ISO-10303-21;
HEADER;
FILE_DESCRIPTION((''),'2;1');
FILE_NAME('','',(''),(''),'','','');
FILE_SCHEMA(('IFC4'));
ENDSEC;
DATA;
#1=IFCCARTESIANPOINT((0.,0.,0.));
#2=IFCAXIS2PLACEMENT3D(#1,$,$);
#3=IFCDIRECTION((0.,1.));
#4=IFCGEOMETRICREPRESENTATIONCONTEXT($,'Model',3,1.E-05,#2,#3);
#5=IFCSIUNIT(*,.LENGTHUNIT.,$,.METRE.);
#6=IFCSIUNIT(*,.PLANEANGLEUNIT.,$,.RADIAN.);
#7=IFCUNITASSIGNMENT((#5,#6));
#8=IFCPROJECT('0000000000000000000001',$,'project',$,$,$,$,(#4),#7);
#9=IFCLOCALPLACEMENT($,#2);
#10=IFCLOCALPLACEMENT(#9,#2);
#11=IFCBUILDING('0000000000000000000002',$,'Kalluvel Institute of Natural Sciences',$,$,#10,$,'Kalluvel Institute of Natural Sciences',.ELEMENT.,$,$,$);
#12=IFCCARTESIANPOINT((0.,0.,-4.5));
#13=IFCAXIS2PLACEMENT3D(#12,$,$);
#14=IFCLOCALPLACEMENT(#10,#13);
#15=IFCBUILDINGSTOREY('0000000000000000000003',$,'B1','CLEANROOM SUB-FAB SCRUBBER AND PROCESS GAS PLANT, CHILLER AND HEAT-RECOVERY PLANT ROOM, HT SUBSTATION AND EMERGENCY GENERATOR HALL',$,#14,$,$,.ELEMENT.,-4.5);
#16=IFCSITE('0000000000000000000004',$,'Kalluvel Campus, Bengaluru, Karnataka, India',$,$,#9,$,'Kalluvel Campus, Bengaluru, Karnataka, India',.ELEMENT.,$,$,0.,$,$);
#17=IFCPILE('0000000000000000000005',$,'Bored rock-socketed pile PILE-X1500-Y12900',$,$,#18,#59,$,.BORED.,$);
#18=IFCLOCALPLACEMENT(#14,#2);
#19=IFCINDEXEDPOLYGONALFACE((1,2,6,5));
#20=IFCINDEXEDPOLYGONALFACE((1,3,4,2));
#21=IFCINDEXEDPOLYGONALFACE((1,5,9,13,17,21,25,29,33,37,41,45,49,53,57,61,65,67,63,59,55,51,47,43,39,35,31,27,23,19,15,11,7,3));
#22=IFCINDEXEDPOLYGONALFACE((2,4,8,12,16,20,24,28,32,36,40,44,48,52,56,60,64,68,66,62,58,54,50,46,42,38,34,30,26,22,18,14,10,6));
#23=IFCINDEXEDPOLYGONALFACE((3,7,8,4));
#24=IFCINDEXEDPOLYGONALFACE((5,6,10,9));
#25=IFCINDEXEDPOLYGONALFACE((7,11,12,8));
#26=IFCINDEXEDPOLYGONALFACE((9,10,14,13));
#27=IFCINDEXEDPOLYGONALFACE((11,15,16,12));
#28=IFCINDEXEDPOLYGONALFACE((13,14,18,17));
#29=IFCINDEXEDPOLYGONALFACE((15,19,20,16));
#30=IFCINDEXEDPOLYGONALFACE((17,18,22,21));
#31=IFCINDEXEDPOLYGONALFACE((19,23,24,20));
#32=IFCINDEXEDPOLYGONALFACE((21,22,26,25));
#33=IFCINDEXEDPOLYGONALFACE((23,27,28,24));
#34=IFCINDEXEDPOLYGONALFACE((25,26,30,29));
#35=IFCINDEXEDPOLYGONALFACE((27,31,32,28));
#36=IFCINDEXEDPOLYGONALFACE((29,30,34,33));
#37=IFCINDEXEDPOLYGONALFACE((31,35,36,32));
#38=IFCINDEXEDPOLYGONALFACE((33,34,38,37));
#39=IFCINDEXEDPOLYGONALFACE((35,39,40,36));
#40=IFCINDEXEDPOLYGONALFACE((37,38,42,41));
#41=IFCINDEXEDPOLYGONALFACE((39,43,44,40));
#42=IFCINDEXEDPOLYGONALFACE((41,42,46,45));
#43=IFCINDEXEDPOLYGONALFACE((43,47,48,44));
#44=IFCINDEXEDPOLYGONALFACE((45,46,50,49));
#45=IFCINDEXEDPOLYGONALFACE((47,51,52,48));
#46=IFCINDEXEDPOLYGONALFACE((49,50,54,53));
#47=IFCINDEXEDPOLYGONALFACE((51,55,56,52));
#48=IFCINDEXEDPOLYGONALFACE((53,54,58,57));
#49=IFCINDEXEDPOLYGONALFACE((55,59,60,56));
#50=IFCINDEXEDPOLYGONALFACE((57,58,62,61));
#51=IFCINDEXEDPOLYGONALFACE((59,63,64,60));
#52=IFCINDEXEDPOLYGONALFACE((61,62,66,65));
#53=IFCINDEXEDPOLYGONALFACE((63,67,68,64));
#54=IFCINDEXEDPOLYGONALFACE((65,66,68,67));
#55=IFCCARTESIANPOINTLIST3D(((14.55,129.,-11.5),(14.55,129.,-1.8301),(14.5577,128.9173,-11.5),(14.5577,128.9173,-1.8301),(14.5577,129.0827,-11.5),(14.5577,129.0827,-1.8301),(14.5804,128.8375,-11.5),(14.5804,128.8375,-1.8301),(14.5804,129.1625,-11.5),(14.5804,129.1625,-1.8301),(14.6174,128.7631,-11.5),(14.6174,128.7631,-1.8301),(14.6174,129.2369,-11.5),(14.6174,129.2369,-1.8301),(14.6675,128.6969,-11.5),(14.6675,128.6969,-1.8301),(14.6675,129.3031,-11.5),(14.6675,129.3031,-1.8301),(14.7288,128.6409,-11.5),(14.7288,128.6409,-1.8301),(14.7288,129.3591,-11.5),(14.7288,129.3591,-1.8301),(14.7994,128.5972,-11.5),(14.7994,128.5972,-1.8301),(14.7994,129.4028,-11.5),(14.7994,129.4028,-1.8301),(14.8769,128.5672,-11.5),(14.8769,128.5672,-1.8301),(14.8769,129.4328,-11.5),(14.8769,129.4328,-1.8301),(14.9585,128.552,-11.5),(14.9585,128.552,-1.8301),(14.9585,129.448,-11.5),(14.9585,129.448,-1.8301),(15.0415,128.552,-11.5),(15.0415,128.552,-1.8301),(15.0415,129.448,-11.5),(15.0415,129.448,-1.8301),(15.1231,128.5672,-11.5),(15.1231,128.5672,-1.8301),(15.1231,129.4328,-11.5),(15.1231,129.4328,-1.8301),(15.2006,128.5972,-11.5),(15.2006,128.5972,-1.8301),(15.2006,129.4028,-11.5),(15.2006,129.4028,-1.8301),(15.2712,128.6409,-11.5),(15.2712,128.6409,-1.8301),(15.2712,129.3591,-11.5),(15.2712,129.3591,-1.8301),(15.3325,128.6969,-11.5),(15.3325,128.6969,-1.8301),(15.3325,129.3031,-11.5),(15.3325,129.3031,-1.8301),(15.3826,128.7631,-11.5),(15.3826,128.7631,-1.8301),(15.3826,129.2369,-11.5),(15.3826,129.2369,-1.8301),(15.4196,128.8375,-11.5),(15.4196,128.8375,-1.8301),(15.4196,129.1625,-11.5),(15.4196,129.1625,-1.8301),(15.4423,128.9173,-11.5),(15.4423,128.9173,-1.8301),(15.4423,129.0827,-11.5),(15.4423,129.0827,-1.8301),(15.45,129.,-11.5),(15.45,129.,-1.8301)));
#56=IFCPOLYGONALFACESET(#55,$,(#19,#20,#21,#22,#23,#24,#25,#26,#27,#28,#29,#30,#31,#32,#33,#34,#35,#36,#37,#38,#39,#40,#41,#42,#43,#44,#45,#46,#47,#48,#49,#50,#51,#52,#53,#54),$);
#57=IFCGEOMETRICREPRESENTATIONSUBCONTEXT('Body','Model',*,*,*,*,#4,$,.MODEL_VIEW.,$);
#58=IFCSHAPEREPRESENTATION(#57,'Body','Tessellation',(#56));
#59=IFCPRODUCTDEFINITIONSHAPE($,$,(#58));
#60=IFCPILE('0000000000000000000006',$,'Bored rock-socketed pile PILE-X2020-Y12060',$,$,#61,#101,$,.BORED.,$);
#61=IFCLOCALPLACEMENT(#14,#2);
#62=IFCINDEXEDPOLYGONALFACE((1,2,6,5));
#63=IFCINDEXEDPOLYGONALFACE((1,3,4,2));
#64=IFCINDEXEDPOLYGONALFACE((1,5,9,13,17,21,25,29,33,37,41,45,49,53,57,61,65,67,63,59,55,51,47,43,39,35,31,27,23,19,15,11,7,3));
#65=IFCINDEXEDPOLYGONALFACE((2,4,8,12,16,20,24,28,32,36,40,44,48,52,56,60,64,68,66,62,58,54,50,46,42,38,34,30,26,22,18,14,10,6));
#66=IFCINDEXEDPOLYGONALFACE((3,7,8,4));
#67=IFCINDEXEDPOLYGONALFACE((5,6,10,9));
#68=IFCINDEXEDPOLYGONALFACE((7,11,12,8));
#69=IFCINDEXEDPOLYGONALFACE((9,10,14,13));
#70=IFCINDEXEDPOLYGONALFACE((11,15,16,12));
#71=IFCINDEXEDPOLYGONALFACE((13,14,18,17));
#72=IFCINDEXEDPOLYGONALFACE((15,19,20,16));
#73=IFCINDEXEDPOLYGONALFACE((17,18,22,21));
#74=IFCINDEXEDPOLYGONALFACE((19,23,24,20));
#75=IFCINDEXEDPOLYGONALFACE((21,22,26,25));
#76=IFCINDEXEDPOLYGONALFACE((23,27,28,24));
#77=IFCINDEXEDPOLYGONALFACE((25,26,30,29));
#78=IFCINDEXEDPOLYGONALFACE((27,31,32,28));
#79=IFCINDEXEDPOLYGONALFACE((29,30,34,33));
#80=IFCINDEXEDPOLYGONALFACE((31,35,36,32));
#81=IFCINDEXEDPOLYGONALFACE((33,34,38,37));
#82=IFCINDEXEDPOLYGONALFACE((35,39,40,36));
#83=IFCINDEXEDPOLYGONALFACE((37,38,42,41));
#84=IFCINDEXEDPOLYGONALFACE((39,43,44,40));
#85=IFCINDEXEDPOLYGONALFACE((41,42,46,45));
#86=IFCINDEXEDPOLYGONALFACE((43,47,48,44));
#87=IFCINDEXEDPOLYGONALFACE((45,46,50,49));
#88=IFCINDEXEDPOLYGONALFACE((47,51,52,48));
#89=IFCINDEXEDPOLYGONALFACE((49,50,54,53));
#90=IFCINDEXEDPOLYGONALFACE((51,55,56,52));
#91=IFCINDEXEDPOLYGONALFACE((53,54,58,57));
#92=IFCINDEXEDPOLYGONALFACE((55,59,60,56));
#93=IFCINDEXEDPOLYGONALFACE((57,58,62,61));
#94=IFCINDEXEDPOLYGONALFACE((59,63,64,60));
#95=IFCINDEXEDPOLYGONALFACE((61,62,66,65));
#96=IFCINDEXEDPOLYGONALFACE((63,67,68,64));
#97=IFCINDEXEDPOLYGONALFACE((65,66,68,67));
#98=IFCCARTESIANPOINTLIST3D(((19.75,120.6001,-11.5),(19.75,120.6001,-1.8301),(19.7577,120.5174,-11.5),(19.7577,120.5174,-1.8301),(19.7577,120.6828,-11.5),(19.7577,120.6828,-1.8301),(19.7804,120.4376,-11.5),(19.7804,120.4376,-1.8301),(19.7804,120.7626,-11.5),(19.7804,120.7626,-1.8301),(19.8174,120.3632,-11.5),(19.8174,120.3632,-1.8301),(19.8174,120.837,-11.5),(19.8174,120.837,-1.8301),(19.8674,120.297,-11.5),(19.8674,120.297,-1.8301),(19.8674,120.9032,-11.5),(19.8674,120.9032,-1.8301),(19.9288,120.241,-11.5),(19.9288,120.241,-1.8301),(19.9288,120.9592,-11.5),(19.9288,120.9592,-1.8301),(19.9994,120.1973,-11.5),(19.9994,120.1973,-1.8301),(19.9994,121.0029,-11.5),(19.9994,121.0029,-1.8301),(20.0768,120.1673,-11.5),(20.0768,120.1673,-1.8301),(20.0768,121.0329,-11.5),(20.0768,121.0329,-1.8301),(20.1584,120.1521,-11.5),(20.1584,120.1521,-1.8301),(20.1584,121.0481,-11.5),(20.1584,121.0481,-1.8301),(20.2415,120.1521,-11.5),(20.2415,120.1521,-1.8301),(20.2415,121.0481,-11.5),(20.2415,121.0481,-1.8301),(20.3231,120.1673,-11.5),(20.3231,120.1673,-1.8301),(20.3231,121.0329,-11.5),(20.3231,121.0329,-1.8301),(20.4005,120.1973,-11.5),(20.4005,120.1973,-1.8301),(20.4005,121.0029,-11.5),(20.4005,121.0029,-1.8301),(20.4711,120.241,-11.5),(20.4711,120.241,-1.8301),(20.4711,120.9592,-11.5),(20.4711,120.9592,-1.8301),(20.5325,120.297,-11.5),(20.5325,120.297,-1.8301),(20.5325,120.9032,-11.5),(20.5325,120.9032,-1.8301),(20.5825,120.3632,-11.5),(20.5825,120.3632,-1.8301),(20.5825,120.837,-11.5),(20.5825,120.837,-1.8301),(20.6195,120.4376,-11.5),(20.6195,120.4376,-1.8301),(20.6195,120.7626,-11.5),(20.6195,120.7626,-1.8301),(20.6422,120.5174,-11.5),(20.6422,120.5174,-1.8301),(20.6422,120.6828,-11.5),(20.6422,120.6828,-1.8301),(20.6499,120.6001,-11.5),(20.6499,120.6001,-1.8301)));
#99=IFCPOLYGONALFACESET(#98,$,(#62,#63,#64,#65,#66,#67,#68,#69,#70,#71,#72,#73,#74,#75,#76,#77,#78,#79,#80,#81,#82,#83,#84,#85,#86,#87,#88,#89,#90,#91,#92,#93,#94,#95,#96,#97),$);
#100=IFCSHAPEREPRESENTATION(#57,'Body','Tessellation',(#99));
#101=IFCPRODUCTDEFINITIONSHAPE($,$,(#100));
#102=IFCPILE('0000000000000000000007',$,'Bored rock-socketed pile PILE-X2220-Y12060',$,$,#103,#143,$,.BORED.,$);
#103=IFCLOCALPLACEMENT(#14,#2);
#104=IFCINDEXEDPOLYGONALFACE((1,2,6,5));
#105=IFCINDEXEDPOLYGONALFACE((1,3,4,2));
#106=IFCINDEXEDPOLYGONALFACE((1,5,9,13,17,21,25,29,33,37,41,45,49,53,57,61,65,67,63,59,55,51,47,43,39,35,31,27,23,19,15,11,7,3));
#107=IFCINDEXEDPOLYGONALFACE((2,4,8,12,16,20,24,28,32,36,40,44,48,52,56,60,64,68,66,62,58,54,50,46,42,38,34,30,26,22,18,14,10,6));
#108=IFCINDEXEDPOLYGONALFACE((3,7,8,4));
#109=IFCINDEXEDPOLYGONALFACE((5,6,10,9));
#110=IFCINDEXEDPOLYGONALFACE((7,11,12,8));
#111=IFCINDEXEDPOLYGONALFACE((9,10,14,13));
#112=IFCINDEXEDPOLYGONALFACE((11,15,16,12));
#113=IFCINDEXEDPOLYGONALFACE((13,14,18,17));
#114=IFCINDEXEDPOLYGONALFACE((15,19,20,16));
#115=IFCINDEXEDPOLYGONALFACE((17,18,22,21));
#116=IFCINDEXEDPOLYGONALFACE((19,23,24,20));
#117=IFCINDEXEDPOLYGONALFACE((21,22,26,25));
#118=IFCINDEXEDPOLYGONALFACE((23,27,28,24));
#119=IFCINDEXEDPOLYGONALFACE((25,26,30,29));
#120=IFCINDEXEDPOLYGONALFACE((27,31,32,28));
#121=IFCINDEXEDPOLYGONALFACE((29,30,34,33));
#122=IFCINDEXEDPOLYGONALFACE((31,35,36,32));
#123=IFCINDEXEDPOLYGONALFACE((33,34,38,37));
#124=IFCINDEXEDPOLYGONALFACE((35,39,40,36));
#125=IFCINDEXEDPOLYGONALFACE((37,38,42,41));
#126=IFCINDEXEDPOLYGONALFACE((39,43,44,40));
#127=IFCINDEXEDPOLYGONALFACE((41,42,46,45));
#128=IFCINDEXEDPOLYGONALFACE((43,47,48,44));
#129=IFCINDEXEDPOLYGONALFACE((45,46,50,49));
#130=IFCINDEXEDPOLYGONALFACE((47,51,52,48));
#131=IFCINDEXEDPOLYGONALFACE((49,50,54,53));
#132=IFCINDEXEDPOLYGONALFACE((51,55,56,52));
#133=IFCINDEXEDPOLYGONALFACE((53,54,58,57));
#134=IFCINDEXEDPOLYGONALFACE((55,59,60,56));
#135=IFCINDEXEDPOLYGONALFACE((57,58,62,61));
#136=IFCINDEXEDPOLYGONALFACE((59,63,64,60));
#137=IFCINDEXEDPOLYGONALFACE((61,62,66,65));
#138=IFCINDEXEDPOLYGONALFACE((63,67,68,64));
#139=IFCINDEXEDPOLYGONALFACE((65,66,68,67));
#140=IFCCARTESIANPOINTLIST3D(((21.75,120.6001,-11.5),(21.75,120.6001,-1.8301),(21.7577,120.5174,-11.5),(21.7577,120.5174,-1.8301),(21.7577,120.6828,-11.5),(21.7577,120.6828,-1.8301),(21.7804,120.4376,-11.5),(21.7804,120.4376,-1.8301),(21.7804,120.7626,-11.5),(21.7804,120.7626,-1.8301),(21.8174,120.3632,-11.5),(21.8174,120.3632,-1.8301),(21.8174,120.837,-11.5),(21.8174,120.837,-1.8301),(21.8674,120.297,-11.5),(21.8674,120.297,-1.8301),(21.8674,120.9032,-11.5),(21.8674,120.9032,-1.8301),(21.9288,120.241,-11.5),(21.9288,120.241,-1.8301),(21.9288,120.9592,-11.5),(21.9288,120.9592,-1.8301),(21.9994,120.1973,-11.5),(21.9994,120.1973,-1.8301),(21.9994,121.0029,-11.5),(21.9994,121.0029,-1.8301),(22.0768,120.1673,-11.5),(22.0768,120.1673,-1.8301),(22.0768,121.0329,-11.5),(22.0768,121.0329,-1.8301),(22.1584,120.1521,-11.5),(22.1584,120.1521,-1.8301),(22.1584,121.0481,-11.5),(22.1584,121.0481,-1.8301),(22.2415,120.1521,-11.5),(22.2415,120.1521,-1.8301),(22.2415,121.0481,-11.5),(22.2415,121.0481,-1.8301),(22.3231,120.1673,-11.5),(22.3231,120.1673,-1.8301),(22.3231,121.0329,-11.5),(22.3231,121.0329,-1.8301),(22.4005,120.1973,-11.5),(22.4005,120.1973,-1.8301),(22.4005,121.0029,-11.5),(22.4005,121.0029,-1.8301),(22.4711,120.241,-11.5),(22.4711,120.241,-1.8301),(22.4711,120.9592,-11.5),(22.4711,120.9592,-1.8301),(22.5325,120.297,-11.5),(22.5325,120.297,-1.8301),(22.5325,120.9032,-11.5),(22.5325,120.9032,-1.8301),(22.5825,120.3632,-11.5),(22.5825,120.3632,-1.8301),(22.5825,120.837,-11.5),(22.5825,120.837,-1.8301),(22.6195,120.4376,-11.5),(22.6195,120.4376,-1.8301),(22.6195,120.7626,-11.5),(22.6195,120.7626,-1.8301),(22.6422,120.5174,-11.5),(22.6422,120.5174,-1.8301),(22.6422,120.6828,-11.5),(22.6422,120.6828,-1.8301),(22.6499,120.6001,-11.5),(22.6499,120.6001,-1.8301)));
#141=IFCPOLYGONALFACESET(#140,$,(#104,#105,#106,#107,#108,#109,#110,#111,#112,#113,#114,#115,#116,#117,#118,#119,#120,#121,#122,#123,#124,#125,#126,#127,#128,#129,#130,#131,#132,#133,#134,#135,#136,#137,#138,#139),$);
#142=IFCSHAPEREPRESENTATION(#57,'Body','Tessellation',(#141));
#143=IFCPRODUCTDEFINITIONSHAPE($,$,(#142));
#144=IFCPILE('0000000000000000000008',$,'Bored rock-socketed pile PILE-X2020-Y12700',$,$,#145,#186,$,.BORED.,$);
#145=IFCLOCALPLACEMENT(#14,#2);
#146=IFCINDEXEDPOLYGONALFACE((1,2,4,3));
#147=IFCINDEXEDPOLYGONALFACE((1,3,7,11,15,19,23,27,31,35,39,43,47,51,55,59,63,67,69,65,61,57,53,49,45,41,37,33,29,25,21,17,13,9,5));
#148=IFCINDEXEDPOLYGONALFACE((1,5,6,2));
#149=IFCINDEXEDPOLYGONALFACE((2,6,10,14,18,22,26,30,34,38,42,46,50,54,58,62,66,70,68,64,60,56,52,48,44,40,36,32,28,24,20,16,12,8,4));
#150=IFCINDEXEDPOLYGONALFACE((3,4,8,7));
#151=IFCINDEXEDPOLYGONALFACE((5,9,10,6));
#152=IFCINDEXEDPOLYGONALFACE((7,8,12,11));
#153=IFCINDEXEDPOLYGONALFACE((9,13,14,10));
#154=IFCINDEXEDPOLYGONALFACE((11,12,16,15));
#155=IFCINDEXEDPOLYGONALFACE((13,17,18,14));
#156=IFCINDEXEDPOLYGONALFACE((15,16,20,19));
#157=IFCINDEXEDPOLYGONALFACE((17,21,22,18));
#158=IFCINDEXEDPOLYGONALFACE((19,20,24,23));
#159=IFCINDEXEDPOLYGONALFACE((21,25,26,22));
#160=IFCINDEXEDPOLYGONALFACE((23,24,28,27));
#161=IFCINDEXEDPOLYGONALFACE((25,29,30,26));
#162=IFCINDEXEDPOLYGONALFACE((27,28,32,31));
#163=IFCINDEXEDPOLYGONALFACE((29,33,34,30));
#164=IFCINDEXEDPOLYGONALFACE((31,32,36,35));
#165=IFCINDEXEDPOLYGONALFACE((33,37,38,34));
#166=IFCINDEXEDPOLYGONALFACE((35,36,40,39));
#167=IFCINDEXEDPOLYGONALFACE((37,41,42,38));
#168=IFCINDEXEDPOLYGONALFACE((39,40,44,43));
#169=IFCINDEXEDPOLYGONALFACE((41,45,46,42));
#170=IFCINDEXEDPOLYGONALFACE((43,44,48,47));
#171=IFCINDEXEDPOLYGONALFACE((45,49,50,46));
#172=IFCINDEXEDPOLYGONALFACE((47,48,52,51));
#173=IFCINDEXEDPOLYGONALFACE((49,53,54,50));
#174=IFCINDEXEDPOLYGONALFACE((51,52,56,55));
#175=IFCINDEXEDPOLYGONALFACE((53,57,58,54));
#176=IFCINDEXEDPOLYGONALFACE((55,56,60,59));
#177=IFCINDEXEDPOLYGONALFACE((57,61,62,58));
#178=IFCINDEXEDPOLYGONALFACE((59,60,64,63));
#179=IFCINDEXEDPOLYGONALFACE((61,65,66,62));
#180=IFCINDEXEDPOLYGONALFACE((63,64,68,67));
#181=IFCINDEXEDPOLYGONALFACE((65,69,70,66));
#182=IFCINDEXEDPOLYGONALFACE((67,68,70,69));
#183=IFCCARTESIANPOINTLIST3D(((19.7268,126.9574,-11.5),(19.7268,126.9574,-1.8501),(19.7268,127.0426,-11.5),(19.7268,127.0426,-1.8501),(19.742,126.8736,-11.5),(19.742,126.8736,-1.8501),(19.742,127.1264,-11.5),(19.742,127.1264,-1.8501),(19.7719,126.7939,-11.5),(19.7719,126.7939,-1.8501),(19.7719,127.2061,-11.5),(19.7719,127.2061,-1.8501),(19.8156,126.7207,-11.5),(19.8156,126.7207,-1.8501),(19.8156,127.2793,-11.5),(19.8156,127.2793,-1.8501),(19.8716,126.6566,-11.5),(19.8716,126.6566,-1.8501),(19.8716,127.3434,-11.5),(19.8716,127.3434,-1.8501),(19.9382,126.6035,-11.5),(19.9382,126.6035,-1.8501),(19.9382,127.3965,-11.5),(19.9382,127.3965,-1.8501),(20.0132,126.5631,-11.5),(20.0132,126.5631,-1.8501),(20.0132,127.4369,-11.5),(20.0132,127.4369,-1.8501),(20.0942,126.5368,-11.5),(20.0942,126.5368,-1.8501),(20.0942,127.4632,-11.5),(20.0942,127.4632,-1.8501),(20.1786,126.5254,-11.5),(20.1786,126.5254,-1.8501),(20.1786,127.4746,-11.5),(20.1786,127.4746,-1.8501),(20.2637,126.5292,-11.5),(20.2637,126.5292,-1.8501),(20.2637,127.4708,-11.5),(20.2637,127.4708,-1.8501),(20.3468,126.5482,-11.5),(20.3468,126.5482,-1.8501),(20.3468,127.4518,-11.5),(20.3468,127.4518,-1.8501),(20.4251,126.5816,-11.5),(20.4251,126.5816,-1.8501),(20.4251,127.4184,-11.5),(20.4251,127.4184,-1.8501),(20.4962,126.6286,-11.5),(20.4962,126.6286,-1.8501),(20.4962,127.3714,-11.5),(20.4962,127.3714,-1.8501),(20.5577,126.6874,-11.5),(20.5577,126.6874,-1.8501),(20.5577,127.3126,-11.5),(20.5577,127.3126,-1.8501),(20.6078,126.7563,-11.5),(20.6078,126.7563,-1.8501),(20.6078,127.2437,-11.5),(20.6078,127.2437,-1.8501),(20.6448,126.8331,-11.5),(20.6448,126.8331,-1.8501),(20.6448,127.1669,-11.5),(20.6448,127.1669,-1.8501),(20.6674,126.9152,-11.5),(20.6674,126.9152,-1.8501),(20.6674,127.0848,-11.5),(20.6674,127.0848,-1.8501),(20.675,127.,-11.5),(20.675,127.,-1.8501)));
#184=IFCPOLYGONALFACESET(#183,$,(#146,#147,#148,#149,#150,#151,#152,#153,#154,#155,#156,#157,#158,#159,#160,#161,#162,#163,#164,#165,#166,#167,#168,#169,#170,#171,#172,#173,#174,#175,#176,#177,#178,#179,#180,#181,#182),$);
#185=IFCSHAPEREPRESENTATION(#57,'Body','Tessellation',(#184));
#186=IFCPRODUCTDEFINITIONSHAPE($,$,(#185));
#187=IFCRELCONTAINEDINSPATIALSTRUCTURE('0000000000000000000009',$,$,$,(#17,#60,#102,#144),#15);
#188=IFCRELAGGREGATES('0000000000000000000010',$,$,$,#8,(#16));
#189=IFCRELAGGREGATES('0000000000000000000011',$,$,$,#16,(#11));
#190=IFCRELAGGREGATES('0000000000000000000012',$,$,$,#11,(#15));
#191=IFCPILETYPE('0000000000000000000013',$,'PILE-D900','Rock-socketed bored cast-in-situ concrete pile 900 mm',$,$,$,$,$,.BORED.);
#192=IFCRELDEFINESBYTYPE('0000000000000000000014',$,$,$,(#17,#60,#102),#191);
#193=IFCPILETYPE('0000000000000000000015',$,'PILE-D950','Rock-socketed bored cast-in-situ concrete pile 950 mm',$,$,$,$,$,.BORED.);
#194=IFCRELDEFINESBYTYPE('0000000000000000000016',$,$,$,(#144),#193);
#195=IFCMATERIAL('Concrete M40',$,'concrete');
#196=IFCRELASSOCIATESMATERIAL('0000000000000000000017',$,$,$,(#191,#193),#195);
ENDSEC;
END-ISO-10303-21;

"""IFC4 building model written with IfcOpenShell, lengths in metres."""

from ifc_helpers import new_model, si_unit, direction, frame, origin, origin_2d, place, context, subcontext, project, spatial, circle, extrude, material, material_profile, profile_set, type_object, element, save


model = new_model("IFC4")

# Units and contexts
model_context = context("Model", 3, precision=1e-05, world=origin(), true_north=direction((0.0, 1.0)))
body_context = subcontext(model_context, "Body", "Model", "MODEL_VIEW")
ifc_project = project(units=[si_unit("LENGTHUNIT", "METRE"), si_unit("PLANEANGLEUNIT", "RADIAN")], contexts=[model_context])

# Site, building, storey
site_placement = place(None, origin())
site = spatial("IfcSite", under=ifc_project, at=site_placement, Name="Kalluvel Campus, Bengaluru, Karnataka, India", LongName="Kalluvel Campus, Bengaluru, Karnataka, India", CompositionType="ELEMENT", RefElevation=0.0)
building_placement = place(site_placement, origin())
building = spatial("IfcBuilding", under=site, at=building_placement, Name="Kalluvel Institute of Natural Sciences", LongName="Kalluvel Institute of Natural Sciences", CompositionType="ELEMENT")
storey_placement = place(building_placement, frame((0.0, 0.0, -4.5)))
storey = spatial("IfcBuildingStorey", under=building, at=storey_placement, Name="B1", Description="CLEANROOM SUB-FAB SCRUBBER AND PROCESS GAS PLANT, CHILLER AND HEAT-RECOVERY PLANT ROOM, HT SUBSTATION AND EMERGENCY GENERATOR HALL", CompositionType="ELEMENT", Elevation=-4.5)

# Shared definitions
ifc_material_1 = material(Name="Concrete M40", Category="concrete")

# Piles
ifc_material_profile_1 = material_profile(ifc_material_1, circle(Radius=0.45, at=origin_2d()), Name="PILE D900")
ifc_profile_set_1 = profile_set([ifc_material_profile_1], Name="Concrete M40")
pile_type_1 = type_object("IfcPileType", Name="PILE-D900", Description="Rock-socketed bored cast-in-situ concrete pile 900 mm", PredefinedType="BORED", material=ifc_profile_set_1)
for number, where, z_axis, x_axis, name in (
    (1, (15.0, 129.0, -1.8301), (0.0, 0.0, -1.0), (1.0, 0.0, 0.0), "Bored rock-socketed pile PILE-X1500-Y12900"),
    (2, (20.2, 120.6001, -1.8301), (0.0, 0.0, -1.0), (1.0, 0.0, 0.0), "Bored rock-socketed pile PILE-X2020-Y12060"),
    (3, (22.2, 120.6001, -1.8301), (0.0, 0.0, -1.0), (1.0, 0.0, 0.0), "Bored rock-socketed pile PILE-X2220-Y12060"),
):
    element("IfcPile", number, at=place(storey_placement, frame(where, z_axis=z_axis, x_axis=x_axis)), inside=storey, type_object=pile_type_1, Name=name, PredefinedType="BORED", context=body_context, shape_type="SweptSolid", body=[
        extrude(circle(Radius=0.45, at=origin_2d()), origin(), (0.0, 0.0, 1.0), 9.6699),
    ])
ifc_material_profile_2 = material_profile(ifc_material_1, circle(Radius=0.4751, at=origin_2d()), Name="PILE D950")
ifc_profile_set_2 = profile_set([ifc_material_profile_2], Name="Concrete M40")
pile_type_2 = type_object("IfcPileType", Name="PILE-D950", Description="Rock-socketed bored cast-in-situ concrete pile 950 mm", PredefinedType="BORED", material=ifc_profile_set_2)
for number, where, z_axis, x_axis, name in (
    (4, (20.2, 127.0, -1.8501), (0.0, 0.0, -1.0), (1.0, 0.0, 0.0), "Bored rock-socketed pile PILE-X2020-Y12700"),
):
    element("IfcPile", number, at=place(storey_placement, frame(where, z_axis=z_axis, x_axis=x_axis)), inside=storey, type_object=pile_type_2, Name=name, PredefinedType="BORED", context=body_context, shape_type="SweptSolid", body=[
        extrude(circle(Radius=0.4751, at=origin_2d()), origin(), (0.0, 0.0, 1.0), 9.6499),
    ])

save(model, "model.ifc")
